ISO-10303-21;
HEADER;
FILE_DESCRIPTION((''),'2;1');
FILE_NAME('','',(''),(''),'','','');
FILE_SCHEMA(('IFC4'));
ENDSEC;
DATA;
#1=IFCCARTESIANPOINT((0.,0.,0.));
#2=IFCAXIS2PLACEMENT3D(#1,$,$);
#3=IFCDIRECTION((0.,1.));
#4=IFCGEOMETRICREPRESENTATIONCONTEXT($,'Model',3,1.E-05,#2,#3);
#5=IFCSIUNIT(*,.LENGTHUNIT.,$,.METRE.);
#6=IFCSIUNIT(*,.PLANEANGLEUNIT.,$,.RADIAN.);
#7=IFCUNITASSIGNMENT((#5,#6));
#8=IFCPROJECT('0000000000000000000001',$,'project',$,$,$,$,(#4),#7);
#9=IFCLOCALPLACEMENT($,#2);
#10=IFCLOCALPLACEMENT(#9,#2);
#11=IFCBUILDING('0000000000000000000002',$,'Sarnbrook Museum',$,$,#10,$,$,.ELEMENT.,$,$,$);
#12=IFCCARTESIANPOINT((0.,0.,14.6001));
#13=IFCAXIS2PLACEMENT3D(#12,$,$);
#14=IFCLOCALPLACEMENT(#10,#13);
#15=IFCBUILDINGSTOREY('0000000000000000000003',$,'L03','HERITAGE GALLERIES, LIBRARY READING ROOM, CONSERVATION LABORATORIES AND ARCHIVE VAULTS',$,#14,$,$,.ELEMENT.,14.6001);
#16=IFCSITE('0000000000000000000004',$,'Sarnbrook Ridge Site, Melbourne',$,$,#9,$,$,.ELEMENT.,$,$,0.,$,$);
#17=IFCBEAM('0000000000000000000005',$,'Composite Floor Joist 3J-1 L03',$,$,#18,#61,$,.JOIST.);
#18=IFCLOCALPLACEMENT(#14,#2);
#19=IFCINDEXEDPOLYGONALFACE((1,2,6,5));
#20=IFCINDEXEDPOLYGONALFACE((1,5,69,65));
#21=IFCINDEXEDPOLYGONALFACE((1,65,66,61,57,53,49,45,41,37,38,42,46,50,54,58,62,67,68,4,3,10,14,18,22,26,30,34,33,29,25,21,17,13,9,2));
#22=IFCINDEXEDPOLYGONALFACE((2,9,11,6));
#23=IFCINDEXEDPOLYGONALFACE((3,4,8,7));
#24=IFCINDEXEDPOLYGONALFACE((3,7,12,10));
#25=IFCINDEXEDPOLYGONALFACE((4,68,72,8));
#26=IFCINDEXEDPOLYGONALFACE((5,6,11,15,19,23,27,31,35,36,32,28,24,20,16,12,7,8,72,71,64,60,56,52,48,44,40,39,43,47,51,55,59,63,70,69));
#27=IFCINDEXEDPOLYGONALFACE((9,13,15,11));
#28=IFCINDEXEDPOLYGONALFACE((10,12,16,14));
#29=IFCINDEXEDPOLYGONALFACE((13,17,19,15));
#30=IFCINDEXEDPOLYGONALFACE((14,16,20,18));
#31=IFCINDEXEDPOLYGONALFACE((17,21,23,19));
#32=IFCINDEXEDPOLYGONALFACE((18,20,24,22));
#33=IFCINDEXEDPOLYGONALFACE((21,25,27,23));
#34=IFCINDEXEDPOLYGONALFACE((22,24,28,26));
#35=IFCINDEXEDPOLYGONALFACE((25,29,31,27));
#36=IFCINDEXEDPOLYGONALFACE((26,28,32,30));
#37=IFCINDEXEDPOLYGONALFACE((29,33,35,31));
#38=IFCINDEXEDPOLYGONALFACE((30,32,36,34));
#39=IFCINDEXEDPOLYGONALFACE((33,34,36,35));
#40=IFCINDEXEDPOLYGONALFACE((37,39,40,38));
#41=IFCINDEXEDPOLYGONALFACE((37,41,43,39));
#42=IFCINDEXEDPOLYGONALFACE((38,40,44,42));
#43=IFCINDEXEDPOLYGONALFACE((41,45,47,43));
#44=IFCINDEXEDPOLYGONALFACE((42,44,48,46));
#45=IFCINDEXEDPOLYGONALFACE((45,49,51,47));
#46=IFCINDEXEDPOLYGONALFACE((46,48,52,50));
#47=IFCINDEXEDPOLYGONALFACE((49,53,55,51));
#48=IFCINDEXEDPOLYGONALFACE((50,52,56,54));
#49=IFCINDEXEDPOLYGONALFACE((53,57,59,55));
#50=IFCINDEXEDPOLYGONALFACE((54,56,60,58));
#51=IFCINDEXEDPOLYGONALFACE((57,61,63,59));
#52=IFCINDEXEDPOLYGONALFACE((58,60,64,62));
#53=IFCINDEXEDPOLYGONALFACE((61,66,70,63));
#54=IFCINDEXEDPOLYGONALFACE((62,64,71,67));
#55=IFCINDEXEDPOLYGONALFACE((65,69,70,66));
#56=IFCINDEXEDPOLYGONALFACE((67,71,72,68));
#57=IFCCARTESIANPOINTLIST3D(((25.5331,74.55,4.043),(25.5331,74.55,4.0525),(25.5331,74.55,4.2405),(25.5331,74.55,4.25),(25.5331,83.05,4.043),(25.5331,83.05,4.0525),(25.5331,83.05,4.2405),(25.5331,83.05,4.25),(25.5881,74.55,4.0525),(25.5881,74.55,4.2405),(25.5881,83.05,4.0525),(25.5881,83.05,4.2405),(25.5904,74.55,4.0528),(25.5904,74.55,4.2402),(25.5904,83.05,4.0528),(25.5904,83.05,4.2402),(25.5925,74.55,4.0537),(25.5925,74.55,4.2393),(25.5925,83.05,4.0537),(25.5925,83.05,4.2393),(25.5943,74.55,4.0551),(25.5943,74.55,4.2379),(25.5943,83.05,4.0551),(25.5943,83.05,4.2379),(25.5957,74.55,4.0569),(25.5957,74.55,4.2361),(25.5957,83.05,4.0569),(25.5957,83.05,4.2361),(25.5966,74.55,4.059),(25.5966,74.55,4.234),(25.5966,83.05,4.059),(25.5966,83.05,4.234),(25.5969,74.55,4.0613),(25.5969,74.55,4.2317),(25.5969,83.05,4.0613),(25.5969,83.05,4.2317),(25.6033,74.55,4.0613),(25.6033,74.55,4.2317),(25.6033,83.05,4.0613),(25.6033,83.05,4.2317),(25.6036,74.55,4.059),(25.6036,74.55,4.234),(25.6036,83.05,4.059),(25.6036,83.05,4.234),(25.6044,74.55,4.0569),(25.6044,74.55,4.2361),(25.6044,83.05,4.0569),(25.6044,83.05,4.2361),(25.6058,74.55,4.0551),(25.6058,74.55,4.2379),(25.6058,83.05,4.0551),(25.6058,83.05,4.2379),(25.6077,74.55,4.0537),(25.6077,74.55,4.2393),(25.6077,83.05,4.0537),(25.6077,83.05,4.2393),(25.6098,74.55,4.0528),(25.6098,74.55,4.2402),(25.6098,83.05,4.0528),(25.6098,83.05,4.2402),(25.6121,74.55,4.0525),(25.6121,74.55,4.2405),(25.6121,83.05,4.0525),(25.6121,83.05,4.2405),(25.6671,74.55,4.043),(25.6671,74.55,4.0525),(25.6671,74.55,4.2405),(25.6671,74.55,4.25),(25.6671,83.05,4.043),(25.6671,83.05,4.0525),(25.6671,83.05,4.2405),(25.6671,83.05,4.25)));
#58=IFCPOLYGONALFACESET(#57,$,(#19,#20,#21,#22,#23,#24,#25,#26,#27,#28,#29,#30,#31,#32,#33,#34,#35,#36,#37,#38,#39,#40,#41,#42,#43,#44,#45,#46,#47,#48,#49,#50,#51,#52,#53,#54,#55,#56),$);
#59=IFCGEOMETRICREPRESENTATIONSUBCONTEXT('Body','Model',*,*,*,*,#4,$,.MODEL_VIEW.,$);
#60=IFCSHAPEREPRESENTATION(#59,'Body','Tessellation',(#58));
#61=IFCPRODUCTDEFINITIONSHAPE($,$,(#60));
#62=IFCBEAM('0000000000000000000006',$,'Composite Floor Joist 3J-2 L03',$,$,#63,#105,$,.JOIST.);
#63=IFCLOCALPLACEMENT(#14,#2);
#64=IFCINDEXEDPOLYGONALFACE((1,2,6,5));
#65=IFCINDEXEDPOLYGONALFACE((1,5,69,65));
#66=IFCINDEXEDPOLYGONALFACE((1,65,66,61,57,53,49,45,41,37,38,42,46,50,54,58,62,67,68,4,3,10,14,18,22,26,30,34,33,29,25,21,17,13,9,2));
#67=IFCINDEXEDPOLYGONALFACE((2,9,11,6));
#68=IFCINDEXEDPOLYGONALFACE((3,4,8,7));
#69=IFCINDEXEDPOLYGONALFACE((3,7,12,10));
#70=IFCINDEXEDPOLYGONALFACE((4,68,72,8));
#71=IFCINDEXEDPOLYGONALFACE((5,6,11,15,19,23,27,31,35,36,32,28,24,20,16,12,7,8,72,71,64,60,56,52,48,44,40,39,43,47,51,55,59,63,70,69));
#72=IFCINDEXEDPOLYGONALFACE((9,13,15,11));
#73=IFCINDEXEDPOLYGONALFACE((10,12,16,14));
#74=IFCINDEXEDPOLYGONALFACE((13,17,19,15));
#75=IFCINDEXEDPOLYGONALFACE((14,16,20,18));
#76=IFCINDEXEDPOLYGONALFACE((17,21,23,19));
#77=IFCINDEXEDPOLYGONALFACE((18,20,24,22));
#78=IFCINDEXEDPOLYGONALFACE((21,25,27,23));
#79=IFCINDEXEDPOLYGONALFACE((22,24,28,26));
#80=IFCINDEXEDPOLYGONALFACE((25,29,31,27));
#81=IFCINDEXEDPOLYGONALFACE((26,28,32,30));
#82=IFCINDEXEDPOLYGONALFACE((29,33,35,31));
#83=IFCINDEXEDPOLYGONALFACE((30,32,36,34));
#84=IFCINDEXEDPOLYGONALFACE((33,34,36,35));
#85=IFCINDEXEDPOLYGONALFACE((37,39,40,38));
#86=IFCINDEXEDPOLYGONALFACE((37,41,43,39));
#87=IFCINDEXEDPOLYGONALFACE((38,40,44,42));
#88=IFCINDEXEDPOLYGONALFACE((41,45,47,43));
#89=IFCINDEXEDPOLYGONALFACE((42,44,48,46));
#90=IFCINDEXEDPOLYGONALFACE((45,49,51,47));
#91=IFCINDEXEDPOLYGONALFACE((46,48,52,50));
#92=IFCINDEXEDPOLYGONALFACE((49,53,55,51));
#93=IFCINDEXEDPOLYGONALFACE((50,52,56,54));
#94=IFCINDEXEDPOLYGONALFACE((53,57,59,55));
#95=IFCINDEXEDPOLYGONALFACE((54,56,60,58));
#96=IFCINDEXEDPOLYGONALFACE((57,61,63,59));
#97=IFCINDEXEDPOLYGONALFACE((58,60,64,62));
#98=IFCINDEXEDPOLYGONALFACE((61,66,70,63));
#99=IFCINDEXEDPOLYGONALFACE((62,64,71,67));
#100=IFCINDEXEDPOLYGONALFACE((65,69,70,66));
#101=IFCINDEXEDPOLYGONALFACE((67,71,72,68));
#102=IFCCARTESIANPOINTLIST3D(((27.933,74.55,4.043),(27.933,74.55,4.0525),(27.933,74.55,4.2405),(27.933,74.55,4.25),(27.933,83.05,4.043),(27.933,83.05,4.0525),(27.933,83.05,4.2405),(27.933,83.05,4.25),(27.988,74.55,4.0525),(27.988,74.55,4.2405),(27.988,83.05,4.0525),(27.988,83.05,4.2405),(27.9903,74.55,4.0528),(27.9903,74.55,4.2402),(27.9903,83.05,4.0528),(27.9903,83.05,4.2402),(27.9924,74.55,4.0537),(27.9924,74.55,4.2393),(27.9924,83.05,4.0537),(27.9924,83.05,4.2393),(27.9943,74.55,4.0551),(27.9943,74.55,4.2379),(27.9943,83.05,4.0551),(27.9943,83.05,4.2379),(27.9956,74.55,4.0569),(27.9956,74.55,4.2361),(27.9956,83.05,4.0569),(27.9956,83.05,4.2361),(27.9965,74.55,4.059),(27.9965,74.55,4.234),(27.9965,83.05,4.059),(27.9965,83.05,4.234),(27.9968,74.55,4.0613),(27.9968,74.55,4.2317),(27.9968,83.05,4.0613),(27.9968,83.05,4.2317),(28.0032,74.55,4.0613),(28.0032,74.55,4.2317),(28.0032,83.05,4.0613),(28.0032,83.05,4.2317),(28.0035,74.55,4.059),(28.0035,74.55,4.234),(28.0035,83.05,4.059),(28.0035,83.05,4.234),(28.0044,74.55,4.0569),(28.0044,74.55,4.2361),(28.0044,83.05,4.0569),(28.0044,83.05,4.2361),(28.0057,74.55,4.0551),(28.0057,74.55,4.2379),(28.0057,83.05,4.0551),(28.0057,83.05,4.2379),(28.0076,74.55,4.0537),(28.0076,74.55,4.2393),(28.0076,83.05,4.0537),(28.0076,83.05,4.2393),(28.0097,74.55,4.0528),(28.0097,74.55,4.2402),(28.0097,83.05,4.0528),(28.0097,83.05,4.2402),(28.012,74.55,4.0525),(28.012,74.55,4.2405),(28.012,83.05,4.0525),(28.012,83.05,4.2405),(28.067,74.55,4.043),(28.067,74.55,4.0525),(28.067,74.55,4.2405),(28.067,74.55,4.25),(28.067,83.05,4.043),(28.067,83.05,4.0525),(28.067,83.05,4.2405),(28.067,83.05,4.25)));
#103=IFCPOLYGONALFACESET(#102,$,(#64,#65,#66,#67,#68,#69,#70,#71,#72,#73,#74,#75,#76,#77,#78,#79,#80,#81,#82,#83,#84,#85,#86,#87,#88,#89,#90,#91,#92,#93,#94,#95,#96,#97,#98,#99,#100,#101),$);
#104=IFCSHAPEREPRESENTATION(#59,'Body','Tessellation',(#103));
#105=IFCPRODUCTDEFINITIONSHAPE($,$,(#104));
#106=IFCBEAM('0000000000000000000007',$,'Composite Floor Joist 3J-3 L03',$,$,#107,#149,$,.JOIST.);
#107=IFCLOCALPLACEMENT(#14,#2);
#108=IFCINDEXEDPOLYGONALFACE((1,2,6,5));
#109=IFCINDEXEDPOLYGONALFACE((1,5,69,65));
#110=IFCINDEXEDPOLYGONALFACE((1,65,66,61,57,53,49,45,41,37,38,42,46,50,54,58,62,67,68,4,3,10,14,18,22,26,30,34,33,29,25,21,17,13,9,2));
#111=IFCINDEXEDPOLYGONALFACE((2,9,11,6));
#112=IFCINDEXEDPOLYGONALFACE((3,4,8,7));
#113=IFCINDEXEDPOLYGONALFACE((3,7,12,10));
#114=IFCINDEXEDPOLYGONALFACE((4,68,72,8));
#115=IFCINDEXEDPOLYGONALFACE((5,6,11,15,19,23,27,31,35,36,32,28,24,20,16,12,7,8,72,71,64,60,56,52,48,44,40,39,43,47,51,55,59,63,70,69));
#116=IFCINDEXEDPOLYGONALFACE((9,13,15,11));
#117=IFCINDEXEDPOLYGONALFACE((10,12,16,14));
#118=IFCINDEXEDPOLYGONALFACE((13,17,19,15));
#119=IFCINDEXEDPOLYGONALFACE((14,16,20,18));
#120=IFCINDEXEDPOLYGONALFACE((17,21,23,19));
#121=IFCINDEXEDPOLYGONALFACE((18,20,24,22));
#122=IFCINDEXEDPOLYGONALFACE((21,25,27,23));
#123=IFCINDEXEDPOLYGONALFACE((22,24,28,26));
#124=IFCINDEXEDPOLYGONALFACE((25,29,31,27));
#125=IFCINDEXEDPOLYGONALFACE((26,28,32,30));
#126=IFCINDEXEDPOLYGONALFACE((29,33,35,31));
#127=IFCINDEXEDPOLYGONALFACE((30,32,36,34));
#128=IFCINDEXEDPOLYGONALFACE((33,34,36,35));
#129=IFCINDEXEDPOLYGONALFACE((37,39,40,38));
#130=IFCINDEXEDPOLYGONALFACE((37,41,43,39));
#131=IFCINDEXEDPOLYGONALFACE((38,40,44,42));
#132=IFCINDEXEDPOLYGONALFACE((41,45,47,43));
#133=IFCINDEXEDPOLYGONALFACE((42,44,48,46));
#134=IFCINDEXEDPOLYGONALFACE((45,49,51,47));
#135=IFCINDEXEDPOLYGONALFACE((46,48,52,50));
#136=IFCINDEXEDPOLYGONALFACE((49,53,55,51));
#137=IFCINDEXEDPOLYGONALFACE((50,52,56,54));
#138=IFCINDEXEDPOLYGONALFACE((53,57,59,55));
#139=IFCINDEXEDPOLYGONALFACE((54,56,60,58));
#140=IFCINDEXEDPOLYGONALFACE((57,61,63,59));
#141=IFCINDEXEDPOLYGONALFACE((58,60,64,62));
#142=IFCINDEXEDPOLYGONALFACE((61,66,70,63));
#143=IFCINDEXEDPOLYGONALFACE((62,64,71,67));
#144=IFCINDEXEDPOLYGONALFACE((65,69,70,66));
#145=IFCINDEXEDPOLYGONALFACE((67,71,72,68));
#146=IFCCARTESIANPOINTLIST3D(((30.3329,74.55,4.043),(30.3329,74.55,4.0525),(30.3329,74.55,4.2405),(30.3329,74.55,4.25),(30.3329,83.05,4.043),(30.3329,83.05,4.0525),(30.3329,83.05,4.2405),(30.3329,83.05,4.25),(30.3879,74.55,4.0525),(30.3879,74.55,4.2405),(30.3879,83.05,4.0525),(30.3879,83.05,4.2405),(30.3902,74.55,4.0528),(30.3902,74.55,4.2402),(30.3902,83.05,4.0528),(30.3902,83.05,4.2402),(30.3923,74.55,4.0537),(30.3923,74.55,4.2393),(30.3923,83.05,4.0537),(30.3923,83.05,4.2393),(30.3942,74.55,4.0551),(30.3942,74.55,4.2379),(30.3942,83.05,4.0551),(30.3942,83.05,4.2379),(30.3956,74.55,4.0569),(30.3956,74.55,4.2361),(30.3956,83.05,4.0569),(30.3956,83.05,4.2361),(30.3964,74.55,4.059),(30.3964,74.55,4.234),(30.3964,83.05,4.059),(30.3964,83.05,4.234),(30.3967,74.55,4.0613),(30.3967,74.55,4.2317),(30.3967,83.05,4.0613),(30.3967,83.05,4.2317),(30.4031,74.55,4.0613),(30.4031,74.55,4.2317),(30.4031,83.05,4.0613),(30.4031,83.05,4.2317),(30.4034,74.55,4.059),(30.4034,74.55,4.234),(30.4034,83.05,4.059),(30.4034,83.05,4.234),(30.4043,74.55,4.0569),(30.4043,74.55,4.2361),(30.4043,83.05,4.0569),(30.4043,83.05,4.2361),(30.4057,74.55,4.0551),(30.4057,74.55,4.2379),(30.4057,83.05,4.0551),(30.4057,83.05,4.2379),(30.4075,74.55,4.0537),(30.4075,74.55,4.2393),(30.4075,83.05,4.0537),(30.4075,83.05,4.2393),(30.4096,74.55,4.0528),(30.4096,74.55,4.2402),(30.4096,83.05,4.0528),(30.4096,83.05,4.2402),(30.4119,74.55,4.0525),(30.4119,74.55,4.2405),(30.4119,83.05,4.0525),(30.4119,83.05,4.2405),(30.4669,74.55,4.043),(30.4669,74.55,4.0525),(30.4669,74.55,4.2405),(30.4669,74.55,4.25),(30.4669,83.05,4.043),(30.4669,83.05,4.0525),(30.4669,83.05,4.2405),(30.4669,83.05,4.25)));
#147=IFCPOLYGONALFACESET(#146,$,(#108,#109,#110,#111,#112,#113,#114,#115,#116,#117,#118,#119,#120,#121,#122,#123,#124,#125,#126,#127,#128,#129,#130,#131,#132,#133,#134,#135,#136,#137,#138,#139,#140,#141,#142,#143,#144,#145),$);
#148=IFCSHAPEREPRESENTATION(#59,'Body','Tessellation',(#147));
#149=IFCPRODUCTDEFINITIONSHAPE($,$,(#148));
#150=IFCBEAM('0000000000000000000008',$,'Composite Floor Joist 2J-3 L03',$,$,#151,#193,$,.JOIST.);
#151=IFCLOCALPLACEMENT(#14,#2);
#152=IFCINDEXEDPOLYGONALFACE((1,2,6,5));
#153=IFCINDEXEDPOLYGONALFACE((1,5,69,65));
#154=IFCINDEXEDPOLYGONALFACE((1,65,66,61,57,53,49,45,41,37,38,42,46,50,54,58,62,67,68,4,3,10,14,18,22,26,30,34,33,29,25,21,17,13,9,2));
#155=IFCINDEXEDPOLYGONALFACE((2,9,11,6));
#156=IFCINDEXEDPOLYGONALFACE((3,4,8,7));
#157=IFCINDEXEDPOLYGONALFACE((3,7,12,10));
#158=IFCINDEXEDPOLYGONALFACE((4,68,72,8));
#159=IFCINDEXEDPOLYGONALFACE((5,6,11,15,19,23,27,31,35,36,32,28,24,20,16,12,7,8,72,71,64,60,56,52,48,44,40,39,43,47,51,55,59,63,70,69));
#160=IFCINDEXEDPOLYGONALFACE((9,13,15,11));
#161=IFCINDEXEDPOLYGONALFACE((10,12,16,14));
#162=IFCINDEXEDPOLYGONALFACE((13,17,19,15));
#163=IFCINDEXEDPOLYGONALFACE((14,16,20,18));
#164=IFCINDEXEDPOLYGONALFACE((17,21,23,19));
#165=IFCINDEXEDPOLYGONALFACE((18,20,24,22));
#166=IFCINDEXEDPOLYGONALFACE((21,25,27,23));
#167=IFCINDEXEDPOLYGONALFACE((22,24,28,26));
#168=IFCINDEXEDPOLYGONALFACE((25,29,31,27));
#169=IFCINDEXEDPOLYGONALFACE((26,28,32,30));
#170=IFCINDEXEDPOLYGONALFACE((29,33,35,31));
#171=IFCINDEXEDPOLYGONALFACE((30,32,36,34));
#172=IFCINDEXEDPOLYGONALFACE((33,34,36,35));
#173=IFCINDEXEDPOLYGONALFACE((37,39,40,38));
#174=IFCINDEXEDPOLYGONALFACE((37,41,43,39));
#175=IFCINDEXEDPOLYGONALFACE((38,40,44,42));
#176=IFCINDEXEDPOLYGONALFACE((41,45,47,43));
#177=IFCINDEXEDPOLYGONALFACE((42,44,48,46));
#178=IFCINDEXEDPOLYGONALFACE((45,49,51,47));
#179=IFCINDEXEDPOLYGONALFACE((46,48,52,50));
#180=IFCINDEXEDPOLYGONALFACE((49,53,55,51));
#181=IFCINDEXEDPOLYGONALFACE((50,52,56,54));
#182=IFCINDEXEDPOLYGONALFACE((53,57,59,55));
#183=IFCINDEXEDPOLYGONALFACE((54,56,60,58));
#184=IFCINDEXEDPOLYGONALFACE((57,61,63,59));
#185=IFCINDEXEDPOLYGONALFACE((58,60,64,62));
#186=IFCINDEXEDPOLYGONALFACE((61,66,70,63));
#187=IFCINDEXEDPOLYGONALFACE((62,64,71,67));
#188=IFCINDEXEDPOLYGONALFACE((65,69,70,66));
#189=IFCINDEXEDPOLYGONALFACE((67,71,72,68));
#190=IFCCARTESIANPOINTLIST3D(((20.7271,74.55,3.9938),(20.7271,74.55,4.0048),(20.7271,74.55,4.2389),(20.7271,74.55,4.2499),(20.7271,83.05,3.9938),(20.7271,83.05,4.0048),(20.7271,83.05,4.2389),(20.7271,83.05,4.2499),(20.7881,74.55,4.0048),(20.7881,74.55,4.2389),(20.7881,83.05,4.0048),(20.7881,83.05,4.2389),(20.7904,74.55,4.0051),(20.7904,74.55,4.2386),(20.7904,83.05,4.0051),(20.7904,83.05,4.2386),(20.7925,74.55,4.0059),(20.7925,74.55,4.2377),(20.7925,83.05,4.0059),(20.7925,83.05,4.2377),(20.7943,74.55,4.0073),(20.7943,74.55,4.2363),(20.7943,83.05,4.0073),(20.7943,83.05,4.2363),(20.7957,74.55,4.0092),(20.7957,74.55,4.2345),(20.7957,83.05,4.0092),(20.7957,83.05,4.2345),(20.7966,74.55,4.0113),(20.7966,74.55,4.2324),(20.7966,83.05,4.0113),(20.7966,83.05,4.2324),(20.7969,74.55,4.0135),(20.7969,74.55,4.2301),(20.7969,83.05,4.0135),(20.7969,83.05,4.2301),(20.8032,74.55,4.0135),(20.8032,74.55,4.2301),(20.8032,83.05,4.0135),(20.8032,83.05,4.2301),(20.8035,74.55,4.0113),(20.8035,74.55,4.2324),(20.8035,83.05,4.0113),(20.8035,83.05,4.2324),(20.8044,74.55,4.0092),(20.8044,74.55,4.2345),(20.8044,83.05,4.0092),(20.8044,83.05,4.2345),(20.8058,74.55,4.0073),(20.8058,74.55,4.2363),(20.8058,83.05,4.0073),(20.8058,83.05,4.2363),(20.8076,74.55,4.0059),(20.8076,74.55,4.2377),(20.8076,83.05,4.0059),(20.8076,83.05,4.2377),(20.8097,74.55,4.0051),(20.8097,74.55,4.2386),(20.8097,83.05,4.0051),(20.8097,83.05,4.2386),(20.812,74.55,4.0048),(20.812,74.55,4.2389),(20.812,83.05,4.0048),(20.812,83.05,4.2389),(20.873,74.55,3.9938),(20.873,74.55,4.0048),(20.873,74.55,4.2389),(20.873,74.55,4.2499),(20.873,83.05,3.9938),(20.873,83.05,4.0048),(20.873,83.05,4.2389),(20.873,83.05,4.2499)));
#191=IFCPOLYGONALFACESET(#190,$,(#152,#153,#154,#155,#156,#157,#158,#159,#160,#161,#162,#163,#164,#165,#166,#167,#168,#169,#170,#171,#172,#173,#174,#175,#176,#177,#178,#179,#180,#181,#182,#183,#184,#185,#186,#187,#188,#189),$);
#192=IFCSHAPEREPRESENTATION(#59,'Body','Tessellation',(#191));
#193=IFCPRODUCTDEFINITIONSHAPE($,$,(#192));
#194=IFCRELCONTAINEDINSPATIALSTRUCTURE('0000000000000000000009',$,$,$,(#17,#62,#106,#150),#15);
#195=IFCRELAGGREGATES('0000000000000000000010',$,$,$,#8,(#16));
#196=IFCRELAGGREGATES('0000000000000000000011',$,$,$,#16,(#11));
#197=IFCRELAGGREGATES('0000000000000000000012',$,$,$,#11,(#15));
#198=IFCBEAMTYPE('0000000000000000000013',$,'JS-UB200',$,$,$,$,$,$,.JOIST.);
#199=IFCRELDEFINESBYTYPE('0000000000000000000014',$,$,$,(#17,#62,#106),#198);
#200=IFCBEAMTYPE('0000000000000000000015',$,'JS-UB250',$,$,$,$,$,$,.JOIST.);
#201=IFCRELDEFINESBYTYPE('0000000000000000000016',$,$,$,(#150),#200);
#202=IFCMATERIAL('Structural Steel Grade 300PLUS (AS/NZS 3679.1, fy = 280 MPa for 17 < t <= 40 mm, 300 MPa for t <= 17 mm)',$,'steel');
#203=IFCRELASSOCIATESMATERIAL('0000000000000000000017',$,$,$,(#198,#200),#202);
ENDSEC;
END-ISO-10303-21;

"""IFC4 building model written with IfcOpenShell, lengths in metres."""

from ifc_helpers import new_model, si_unit, direction, frame, origin, origin_2d, place, context, subcontext, project, spatial, i_section, extrude, material, material_profile, profile_set, type_object, element, save


model = new_model("IFC4")

# Units and contexts
model_context = context("Model", 3, precision=1e-05, world=origin(), true_north=direction((0.0, 1.0)))
body_context = subcontext(model_context, "Body", "Model", "MODEL_VIEW")
ifc_project = project(units=[si_unit("LENGTHUNIT", "METRE"), si_unit("PLANEANGLEUNIT", "RADIAN")], contexts=[model_context])

# Site, building, storey
site_placement = place(None, origin())
site = spatial("IfcSite", under=ifc_project, at=site_placement, Name="Sarnbrook Ridge Site, Melbourne", CompositionType="ELEMENT", RefElevation=0.0)
building_placement = place(site_placement, origin())
building = spatial("IfcBuilding", under=site, at=building_placement, Name="Sarnbrook Museum", CompositionType="ELEMENT")
storey_placement = place(building_placement, frame((0.0, 0.0, 14.6001)))
storey = spatial("IfcBuildingStorey", under=building, at=storey_placement, Name="L03", Description="HERITAGE GALLERIES, LIBRARY READING ROOM, CONSERVATION LABORATORIES AND ARCHIVE VAULTS", CompositionType="ELEMENT", Elevation=14.6001)

# Shared definitions
ifc_material_1 = material(Name="Structural Steel Grade 300PLUS (AS/NZS 3679.1, fy = 280 MPa for 17 < t <= 40 mm, 300 MPa for t <= 17 mm)", Category="steel")

# Beams
ifc_material_profile_1 = material_profile(ifc_material_1, i_section(OverallWidth=0.134, OverallDepth=0.207, WebThickness=0.0063, FlangeThickness=0.0095, FilletRadius=0.0088, at=origin_2d()), Name="200UB29.8")
ifc_profile_set_1 = profile_set([ifc_material_profile_1], Name="Structural Steel Grade 300PLUS (AS/NZS 3679.1, fy = 280 MPa for 17 < t <= 40 mm, 300 MPa for t <= 17 mm)")
beam_type_1 = type_object("IfcBeamType", Name="JS-UB200", PredefinedType="JOIST", material=ifc_profile_set_1)
for number, where, z_axis, x_axis, name in (
    (1, (25.6001, 74.55, 4.1465), (0.0, 1.0, 0.0), (-1.0, 0.0, 0.0), "Composite Floor Joist 3J-1 L03"),
    (2, (28.0, 74.55, 4.1465), (0.0, 1.0, 0.0), (-1.0, 0.0, 0.0), "Composite Floor Joist 3J-2 L03"),
    (3, (30.3999, 74.55, 4.1465), (0.0, 1.0, 0.0), (-1.0, 0.0, 0.0), "Composite Floor Joist 3J-3 L03"),
):
    element("IfcBeam", number, at=place(storey_placement, frame(where, z_axis=z_axis, x_axis=x_axis)), inside=storey, type_object=beam_type_1, Name=name, PredefinedType="JOIST", context=body_context, shape_type="SweptSolid", body=[
        extrude(i_section(OverallWidth=0.134, OverallDepth=0.207, WebThickness=0.0063, FlangeThickness=0.0095, FilletRadius=0.0088, at=origin_2d()), origin(), (0.0, 0.0, 1.0), 8.5),
    ])
ifc_material_profile_2 = material_profile(ifc_material_1, i_section(OverallWidth=0.146, OverallDepth=0.2561, WebThickness=0.0063, FlangeThickness=0.011, FilletRadius=0.0088, at=origin_2d()), Name="250UB37.3")
ifc_profile_set_2 = profile_set([ifc_material_profile_2], Name="Structural Steel Grade 300PLUS (AS/NZS 3679.1, fy = 280 MPa for 17 < t <= 40 mm, 300 MPa for t <= 17 mm)")
beam_type_2 = type_object("IfcBeamType", Name="JS-UB250", PredefinedType="JOIST", material=ifc_profile_set_2)
for number, where, z_axis, x_axis, name in (
    (4, (20.8, 74.55, 4.1218), (0.0, 1.0, 0.0), (-1.0, 0.0, 0.0), "Composite Floor Joist 2J-3 L03"),
):
    element("IfcBeam", number, at=place(storey_placement, frame(where, z_axis=z_axis, x_axis=x_axis)), inside=storey, type_object=beam_type_2, Name=name, PredefinedType="JOIST", context=body_context, shape_type="SweptSolid", body=[
        extrude(i_section(OverallWidth=0.146, OverallDepth=0.2561, WebThickness=0.0063, FlangeThickness=0.011, FilletRadius=0.0088, at=origin_2d()), origin(), (0.0, 0.0, 1.0), 8.5),
    ])

save(model, "model.ifc")
